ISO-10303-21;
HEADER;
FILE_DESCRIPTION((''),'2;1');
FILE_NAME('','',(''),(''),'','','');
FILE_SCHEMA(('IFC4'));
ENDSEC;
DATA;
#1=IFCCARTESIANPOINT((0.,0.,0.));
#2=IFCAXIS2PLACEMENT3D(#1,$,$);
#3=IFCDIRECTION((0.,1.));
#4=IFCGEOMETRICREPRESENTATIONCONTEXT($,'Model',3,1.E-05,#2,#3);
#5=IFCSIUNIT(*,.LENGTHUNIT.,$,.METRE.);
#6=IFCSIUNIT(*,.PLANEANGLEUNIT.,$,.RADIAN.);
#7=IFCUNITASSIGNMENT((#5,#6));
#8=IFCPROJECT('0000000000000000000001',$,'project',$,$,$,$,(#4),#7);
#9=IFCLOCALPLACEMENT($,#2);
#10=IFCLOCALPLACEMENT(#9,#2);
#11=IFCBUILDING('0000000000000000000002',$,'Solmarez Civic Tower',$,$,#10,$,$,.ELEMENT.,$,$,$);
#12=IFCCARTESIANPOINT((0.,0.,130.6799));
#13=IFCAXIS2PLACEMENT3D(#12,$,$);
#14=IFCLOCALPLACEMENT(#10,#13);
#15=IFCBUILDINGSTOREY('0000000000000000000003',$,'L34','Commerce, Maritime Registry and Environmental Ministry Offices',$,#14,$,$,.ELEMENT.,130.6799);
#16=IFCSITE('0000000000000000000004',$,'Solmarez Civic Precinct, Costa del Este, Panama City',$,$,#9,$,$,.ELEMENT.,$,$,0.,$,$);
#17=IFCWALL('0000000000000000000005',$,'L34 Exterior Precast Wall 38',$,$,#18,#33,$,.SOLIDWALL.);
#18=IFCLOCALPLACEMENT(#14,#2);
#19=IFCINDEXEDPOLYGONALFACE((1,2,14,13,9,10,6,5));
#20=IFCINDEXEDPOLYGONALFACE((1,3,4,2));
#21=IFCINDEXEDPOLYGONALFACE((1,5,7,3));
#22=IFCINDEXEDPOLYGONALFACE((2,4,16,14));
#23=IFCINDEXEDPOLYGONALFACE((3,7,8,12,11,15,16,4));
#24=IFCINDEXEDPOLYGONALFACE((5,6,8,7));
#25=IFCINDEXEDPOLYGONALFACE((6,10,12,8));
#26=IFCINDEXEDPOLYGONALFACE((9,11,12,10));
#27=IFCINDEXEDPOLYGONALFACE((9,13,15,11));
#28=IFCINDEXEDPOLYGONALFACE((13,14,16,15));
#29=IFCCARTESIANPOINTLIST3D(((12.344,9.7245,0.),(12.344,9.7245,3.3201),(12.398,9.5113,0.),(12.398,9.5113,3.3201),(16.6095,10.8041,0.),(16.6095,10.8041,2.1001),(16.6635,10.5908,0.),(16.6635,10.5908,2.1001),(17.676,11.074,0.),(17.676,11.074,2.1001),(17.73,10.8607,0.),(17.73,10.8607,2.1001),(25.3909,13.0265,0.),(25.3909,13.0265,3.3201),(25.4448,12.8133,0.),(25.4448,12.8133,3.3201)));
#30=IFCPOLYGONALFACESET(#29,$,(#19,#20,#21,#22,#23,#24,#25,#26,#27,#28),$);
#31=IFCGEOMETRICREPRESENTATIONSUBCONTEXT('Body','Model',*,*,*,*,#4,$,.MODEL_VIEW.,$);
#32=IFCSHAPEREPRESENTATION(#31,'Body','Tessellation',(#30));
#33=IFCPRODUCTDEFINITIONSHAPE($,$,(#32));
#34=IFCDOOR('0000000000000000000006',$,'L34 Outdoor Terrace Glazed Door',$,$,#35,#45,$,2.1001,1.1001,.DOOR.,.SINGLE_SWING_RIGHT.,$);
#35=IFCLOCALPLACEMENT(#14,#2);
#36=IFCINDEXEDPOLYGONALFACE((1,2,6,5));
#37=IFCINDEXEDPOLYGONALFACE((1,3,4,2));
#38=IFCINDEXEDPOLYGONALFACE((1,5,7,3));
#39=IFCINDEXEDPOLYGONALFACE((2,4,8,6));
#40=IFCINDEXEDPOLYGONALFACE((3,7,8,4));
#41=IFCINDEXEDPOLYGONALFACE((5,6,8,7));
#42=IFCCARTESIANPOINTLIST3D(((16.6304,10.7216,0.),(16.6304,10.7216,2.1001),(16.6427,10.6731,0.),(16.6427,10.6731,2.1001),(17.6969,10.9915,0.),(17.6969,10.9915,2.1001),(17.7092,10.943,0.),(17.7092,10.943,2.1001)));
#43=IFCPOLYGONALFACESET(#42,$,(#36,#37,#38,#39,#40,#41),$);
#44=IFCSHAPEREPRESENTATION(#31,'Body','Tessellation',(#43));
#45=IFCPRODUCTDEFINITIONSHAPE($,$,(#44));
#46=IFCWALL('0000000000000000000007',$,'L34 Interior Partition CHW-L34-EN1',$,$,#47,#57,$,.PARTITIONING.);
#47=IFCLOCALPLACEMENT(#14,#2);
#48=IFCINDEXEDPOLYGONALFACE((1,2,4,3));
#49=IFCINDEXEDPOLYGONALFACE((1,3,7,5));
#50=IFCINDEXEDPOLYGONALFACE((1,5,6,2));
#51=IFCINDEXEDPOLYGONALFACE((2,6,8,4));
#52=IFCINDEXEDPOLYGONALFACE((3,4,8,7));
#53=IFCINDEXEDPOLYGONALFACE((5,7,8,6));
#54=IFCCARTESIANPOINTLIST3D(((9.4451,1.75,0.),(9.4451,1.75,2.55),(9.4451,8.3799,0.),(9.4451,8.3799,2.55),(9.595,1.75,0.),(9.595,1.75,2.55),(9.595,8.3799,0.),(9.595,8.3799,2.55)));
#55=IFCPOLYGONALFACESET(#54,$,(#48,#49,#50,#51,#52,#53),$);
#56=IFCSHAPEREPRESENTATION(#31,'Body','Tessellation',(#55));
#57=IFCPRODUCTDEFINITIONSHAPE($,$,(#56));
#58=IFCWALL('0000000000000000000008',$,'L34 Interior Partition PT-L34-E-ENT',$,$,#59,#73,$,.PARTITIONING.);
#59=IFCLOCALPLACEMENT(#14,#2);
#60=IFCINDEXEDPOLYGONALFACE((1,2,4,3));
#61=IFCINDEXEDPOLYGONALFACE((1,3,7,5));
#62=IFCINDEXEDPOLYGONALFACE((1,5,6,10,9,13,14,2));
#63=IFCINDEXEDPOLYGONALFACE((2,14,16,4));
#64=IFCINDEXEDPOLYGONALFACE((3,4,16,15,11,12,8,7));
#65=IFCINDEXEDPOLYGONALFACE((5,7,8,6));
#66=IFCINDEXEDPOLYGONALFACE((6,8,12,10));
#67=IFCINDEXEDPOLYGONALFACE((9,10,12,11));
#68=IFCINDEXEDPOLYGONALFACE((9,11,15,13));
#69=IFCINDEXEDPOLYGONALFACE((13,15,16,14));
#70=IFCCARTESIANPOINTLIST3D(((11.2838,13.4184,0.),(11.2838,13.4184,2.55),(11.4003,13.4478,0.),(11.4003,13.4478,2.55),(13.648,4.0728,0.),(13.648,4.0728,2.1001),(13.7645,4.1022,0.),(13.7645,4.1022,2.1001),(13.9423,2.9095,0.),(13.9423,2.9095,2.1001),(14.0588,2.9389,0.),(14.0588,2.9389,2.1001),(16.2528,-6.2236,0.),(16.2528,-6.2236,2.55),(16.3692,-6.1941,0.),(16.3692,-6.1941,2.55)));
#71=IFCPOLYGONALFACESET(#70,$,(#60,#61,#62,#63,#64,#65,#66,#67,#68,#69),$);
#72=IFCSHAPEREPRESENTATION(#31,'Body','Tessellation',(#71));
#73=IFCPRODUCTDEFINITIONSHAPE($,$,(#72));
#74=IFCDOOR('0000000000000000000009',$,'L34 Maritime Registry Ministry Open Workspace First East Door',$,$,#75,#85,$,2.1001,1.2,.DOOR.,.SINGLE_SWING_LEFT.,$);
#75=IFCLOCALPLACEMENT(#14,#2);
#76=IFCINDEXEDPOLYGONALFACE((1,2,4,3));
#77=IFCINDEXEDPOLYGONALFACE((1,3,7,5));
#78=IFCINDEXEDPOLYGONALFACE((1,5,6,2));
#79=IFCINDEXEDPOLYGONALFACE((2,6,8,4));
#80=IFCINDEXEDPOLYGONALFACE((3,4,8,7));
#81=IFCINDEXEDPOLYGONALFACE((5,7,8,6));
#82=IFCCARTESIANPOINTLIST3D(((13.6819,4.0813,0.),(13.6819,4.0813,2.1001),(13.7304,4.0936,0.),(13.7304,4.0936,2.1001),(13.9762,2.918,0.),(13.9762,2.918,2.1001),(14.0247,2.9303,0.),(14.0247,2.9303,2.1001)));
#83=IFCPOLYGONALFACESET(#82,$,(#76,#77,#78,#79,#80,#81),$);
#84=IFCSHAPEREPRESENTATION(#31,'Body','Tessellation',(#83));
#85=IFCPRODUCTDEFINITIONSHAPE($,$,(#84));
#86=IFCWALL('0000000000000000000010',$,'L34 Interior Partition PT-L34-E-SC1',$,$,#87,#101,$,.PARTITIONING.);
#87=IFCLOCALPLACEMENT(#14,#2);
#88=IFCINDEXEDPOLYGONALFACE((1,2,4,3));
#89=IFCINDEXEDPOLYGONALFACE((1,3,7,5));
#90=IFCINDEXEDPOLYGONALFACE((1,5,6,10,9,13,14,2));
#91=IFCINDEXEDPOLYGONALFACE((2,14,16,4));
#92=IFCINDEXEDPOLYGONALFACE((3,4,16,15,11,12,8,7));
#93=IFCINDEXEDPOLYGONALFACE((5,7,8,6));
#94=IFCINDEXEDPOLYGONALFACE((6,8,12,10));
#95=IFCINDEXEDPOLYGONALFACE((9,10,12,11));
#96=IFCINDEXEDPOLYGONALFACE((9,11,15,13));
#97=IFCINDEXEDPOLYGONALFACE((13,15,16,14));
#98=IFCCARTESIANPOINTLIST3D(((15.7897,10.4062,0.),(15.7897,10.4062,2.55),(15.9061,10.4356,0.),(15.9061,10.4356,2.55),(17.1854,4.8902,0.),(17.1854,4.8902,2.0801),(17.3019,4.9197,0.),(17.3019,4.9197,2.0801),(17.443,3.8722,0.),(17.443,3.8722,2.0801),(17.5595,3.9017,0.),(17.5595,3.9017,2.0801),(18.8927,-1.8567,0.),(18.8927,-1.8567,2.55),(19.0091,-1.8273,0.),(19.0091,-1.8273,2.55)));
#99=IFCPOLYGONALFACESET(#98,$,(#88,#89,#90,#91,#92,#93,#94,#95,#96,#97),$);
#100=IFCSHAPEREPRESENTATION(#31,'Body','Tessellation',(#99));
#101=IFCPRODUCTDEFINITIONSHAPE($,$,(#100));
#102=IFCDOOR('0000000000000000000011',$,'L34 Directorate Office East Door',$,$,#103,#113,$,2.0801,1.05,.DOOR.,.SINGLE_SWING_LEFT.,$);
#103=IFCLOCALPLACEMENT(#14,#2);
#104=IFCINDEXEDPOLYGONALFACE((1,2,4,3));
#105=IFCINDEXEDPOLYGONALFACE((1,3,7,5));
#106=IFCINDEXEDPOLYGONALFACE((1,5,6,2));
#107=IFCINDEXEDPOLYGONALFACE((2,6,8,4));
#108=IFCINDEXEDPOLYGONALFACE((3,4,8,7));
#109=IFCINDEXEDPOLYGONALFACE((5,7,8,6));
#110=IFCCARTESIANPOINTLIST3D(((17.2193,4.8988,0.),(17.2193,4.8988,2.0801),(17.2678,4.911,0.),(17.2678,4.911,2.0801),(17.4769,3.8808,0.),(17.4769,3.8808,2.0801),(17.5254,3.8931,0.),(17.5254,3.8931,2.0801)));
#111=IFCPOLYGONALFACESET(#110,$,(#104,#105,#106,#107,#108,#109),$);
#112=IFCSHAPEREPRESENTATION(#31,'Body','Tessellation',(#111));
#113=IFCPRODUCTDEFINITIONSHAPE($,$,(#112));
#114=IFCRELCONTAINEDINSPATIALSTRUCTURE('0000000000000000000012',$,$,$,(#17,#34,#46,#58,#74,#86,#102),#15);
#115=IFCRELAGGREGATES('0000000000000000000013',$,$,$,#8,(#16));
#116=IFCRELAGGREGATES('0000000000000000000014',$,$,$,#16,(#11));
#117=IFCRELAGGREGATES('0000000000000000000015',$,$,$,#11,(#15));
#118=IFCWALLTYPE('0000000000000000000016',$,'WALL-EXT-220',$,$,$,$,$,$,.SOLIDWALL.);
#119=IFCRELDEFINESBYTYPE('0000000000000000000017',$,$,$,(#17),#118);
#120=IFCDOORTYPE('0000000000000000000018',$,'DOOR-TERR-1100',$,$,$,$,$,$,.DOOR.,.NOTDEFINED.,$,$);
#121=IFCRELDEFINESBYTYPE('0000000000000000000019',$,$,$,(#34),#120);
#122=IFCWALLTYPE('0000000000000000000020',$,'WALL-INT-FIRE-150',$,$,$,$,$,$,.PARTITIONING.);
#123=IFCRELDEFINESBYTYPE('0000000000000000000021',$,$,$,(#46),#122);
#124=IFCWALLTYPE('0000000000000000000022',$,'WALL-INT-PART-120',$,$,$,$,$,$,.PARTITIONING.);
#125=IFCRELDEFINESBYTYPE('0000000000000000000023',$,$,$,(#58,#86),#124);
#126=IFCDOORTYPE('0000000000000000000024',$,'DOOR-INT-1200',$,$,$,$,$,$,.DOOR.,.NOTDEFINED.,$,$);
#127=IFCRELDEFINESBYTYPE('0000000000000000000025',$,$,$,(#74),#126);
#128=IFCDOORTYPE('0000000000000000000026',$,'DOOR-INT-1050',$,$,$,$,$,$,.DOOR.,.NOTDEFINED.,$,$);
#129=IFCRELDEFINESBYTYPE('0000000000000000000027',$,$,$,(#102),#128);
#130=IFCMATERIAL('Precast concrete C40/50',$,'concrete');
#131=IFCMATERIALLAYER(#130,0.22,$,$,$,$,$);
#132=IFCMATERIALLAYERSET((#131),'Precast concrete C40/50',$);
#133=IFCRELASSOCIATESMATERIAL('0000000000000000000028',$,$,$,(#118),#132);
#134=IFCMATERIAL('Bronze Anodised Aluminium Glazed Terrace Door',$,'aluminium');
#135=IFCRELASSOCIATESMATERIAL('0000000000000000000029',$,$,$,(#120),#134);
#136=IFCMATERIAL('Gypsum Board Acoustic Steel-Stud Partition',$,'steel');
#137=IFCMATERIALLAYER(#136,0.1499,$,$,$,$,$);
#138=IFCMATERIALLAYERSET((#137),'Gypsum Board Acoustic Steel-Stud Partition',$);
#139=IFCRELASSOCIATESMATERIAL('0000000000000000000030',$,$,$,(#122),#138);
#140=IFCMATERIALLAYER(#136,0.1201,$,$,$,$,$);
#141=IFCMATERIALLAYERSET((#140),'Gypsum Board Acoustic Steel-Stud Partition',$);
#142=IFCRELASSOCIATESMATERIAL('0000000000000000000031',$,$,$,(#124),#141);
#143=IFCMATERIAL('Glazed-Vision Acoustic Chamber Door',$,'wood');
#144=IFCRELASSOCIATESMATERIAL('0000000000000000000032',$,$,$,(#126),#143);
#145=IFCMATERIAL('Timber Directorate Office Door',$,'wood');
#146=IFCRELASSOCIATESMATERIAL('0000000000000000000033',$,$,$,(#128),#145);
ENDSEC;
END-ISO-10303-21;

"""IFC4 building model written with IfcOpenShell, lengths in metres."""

from ifc_helpers import new_model, si_unit, direction, frame, frame_2d, origin, place, context, subcontext, project, spatial, rectangle, extrude, material, layer, layer_set, type_object, element, fill, save


model = new_model("IFC4")

# Units and contexts
model_context = context("Model", 3, precision=1e-05, world=origin(), true_north=direction((0.0, 1.0)))
body_context = subcontext(model_context, "Body", "Model", "MODEL_VIEW")
ifc_project = project(units=[si_unit("LENGTHUNIT", "METRE"), si_unit("PLANEANGLEUNIT", "RADIAN")], contexts=[model_context])

# Site, building, storey
site_placement = place(None, origin())
site = spatial("IfcSite", under=ifc_project, at=site_placement, Name="Solmarez Civic Precinct, Costa del Este, Panama City", CompositionType="ELEMENT", RefElevation=0.0)
building_placement = place(site_placement, origin())
building = spatial("IfcBuilding", under=site, at=building_placement, Name="Solmarez Civic Tower", CompositionType="ELEMENT")
storey_placement = place(building_placement, frame((0.0, 0.0, 130.6799)))
storey = spatial("IfcBuildingStorey", under=building, at=storey_placement, Name="L34", Description="Commerce, Maritime Registry and Environmental Ministry Offices", CompositionType="ELEMENT", Elevation=130.6799)

# Shared definitions
ifc_material_1 = material(Name="Precast concrete C40/50", Category="concrete")
ifc_layer_1 = layer(ifc_material_1, 0.22)
ifc_layer_set_1 = layer_set([ifc_layer_1], Name="Precast concrete C40/50")
wall_type_1 = type_object("IfcWallType", Name="WALL-EXT-220", PredefinedType="SOLIDWALL", material=ifc_layer_set_1)

# Wall, opening, door
wall_1_placement = place(storey_placement, frame((12.3711, 9.6179, 0.0), z_axis=(0.0, 0.0, 1.0), x_axis=(0.969434, 0.245352, 0.0)))
wall_1 = element("IfcWall", 1, at=wall_1_placement, inside=storey, type_object=wall_type_1, Name="L34 Exterior Precast Wall 38", PredefinedType="SOLIDWALL", context=body_context, shape_type="SweptSolid", body=[
    extrude(rectangle(XDim=13.4583, YDim=0.22, at=frame_2d((6.729, 0.0))), origin(), (0.0, 0.0, 1.0), 3.3201),
])
opening_1_placement = place(wall_1_placement, frame((4.3999, 0.0, 0.0)))
opening_1 = element("IfcOpeningElement", 2, at=opening_1_placement, cuts=wall_1, PredefinedType="OPENING", context=body_context, shape_type="SweptSolid", body=[
    extrude(rectangle(XDim=1.1001, YDim=2.1001, at=frame_2d((0.55, 1.05))), frame((0.0, 0.1199, 0.0), z_axis=(0.0, -1.0, 0.0), x_axis=(1.0, 0.0, 0.0)), (0.0, 0.0, 1.0), 0.24),
])
ifc_material_2 = material(Name="Bronze Anodised Aluminium Glazed Terrace Door", Category="aluminium")
door_type_1 = type_object("IfcDoorType", Name="DOOR-TERR-1100", OperationType="NOTDEFINED", PredefinedType="DOOR", material=ifc_material_2)
door_1_placement = place(opening_1_placement, origin())
door_1 = element("IfcDoor", 3, at=door_1_placement, inside=storey, type_object=door_type_1, Name="L34 Outdoor Terrace Glazed Door", OperationType="SINGLE_SWING_RIGHT", OverallHeight=2.1001, OverallWidth=1.1001, PredefinedType="DOOR", context=body_context, shape_type="SweptSolid", body=[
    extrude(rectangle(XDim=1.1001, YDim=2.1001, at=frame_2d((0.55, 1.05))), frame((0.0, 0.0249, 0.0), z_axis=(0.0, -1.0, 0.0), x_axis=(1.0, 0.0, 0.0)), (0.0, 0.0, 1.0), 0.05),
])
fill(opening_1, door_1)

# Wall
ifc_material_3 = material(Name="Gypsum Board Acoustic Steel-Stud Partition", Category="steel")
ifc_layer_2 = layer(ifc_material_3, 0.1499)
ifc_layer_set_2 = layer_set([ifc_layer_2], Name="Gypsum Board Acoustic Steel-Stud Partition")
wall_type_2 = type_object("IfcWallType", Name="WALL-INT-FIRE-150", PredefinedType="PARTITIONING", material=ifc_layer_set_2)
wall_2_placement = place(storey_placement, frame((9.52, 1.75, 0.0), z_axis=(0.0, 0.0, 1.0), x_axis=(0.0, 1.0, 0.0)))
element("IfcWall", 4, at=wall_2_placement, inside=storey, type_object=wall_type_2, Name="L34 Interior Partition CHW-L34-EN1", PredefinedType="PARTITIONING", context=body_context, shape_type="SweptSolid", body=[
    extrude(rectangle(XDim=6.6299, YDim=0.1499, at=frame_2d((3.3149, 0.0))), origin(), (0.0, 0.0, 1.0), 2.55),
])

# Walls, openings, doors
ifc_layer_3 = layer(ifc_material_3, 0.1201)
ifc_layer_set_3 = layer_set([ifc_layer_3], Name="Gypsum Board Acoustic Steel-Stud Partition")
wall_type_3 = type_object("IfcWallType", Name="WALL-INT-PART-120", PredefinedType="PARTITIONING", material=ifc_layer_set_3)
wall_3_placement = place(storey_placement, frame((11.342, 13.4331, 0.0), z_axis=(0.0, 0.0, 1.0), x_axis=(0.245251, -0.96946, 0.0)))
wall_3 = element("IfcWall", 5, at=wall_3_placement, inside=storey, type_object=wall_type_3, Name="L34 Interior Partition PT-L34-E-ENT", PredefinedType="PARTITIONING", context=body_context, shape_type="SweptSolid", body=[
    extrude(rectangle(XDim=20.2607, YDim=0.1201, at=frame_2d((10.1304, 0.0))), origin(), (0.0, 0.0, 1.0), 2.55),
])
opening_2_placement = place(wall_3_placement, frame((9.6399, 0.0, 0.0)))
opening_2 = element("IfcOpeningElement", 6, at=opening_2_placement, cuts=wall_3, PredefinedType="OPENING", context=body_context, shape_type="SweptSolid", body=[
    extrude(rectangle(XDim=1.2, YDim=2.1001, at=frame_2d((0.6001, 1.05))), frame((0.0, 0.0701, 0.0), z_axis=(0.0, -1.0, 0.0), x_axis=(1.0, 0.0, 0.0)), (0.0, 0.0, 1.0), 0.1401),
])
ifc_material_4 = material(Name="Glazed-Vision Acoustic Chamber Door", Category="wood")
door_type_2 = type_object("IfcDoorType", Name="DOOR-INT-1200", OperationType="NOTDEFINED", PredefinedType="DOOR", material=ifc_material_4)
door_2_placement = place(opening_2_placement, origin())
door_2 = element("IfcDoor", 7, at=door_2_placement, inside=storey, type_object=door_type_2, Name="L34 Maritime Registry Ministry Open Workspace First East Door", OperationType="SINGLE_SWING_LEFT", OverallHeight=2.1001, OverallWidth=1.2, PredefinedType="DOOR", context=body_context, shape_type="SweptSolid", body=[
    extrude(rectangle(XDim=1.2, YDim=2.1001, at=frame_2d((0.6001, 1.05))), frame((0.0, 0.0249, 0.0), z_axis=(0.0, -1.0, 0.0), x_axis=(1.0, 0.0, 0.0)), (0.0, 0.0, 1.0), 0.05),
])
fill(opening_2, door_2)
wall_4_placement = place(storey_placement, frame((15.8479, 10.4209, 0.0), z_axis=(0.0, 0.0, 1.0), x_axis=(0.245309, -0.969445, 0.0)))
wall_4 = element("IfcWall", 8, at=wall_4_placement, inside=storey, type_object=wall_type_3, Name="L34 Interior Partition PT-L34-E-SC1", PredefinedType="PARTITIONING", context=body_context, shape_type="SweptSolid", body=[
    extrude(rectangle(XDim=12.6494, YDim=0.1201, at=frame_2d((6.3247, 0.0))), origin(), (0.0, 0.0, 1.0), 2.55),
])
opening_3_placement = place(wall_4_placement, frame((5.6899, 0.0, 0.0)))
opening_3 = element("IfcOpeningElement", 9, at=opening_3_placement, cuts=wall_4, PredefinedType="OPENING", context=body_context, shape_type="SweptSolid", body=[
    extrude(rectangle(XDim=1.05, YDim=2.0801, at=frame_2d((0.5249, 1.04))), frame((0.0, 0.0701, 0.0), z_axis=(0.0, -1.0, 0.0), x_axis=(1.0, 0.0, 0.0)), (0.0, 0.0, 1.0), 0.1401),
])
ifc_material_5 = material(Name="Timber Directorate Office Door", Category="wood")
door_type_3 = type_object("IfcDoorType", Name="DOOR-INT-1050", OperationType="NOTDEFINED", PredefinedType="DOOR", material=ifc_material_5)
door_3_placement = place(opening_3_placement, origin())
door_3 = element("IfcDoor", 10, at=door_3_placement, inside=storey, type_object=door_type_3, Name="L34 Directorate Office East Door", OperationType="SINGLE_SWING_LEFT", OverallHeight=2.0801, OverallWidth=1.05, PredefinedType="DOOR", context=body_context, shape_type="SweptSolid", body=[
    extrude(rectangle(XDim=1.05, YDim=2.0801, at=frame_2d((0.5249, 1.04))), frame((0.0, 0.0249, 0.0), z_axis=(0.0, -1.0, 0.0), x_axis=(1.0, 0.0, 0.0)), (0.0, 0.0, 1.0), 0.05),
])
fill(opening_3, door_3)

save(model, "model.ifc")
